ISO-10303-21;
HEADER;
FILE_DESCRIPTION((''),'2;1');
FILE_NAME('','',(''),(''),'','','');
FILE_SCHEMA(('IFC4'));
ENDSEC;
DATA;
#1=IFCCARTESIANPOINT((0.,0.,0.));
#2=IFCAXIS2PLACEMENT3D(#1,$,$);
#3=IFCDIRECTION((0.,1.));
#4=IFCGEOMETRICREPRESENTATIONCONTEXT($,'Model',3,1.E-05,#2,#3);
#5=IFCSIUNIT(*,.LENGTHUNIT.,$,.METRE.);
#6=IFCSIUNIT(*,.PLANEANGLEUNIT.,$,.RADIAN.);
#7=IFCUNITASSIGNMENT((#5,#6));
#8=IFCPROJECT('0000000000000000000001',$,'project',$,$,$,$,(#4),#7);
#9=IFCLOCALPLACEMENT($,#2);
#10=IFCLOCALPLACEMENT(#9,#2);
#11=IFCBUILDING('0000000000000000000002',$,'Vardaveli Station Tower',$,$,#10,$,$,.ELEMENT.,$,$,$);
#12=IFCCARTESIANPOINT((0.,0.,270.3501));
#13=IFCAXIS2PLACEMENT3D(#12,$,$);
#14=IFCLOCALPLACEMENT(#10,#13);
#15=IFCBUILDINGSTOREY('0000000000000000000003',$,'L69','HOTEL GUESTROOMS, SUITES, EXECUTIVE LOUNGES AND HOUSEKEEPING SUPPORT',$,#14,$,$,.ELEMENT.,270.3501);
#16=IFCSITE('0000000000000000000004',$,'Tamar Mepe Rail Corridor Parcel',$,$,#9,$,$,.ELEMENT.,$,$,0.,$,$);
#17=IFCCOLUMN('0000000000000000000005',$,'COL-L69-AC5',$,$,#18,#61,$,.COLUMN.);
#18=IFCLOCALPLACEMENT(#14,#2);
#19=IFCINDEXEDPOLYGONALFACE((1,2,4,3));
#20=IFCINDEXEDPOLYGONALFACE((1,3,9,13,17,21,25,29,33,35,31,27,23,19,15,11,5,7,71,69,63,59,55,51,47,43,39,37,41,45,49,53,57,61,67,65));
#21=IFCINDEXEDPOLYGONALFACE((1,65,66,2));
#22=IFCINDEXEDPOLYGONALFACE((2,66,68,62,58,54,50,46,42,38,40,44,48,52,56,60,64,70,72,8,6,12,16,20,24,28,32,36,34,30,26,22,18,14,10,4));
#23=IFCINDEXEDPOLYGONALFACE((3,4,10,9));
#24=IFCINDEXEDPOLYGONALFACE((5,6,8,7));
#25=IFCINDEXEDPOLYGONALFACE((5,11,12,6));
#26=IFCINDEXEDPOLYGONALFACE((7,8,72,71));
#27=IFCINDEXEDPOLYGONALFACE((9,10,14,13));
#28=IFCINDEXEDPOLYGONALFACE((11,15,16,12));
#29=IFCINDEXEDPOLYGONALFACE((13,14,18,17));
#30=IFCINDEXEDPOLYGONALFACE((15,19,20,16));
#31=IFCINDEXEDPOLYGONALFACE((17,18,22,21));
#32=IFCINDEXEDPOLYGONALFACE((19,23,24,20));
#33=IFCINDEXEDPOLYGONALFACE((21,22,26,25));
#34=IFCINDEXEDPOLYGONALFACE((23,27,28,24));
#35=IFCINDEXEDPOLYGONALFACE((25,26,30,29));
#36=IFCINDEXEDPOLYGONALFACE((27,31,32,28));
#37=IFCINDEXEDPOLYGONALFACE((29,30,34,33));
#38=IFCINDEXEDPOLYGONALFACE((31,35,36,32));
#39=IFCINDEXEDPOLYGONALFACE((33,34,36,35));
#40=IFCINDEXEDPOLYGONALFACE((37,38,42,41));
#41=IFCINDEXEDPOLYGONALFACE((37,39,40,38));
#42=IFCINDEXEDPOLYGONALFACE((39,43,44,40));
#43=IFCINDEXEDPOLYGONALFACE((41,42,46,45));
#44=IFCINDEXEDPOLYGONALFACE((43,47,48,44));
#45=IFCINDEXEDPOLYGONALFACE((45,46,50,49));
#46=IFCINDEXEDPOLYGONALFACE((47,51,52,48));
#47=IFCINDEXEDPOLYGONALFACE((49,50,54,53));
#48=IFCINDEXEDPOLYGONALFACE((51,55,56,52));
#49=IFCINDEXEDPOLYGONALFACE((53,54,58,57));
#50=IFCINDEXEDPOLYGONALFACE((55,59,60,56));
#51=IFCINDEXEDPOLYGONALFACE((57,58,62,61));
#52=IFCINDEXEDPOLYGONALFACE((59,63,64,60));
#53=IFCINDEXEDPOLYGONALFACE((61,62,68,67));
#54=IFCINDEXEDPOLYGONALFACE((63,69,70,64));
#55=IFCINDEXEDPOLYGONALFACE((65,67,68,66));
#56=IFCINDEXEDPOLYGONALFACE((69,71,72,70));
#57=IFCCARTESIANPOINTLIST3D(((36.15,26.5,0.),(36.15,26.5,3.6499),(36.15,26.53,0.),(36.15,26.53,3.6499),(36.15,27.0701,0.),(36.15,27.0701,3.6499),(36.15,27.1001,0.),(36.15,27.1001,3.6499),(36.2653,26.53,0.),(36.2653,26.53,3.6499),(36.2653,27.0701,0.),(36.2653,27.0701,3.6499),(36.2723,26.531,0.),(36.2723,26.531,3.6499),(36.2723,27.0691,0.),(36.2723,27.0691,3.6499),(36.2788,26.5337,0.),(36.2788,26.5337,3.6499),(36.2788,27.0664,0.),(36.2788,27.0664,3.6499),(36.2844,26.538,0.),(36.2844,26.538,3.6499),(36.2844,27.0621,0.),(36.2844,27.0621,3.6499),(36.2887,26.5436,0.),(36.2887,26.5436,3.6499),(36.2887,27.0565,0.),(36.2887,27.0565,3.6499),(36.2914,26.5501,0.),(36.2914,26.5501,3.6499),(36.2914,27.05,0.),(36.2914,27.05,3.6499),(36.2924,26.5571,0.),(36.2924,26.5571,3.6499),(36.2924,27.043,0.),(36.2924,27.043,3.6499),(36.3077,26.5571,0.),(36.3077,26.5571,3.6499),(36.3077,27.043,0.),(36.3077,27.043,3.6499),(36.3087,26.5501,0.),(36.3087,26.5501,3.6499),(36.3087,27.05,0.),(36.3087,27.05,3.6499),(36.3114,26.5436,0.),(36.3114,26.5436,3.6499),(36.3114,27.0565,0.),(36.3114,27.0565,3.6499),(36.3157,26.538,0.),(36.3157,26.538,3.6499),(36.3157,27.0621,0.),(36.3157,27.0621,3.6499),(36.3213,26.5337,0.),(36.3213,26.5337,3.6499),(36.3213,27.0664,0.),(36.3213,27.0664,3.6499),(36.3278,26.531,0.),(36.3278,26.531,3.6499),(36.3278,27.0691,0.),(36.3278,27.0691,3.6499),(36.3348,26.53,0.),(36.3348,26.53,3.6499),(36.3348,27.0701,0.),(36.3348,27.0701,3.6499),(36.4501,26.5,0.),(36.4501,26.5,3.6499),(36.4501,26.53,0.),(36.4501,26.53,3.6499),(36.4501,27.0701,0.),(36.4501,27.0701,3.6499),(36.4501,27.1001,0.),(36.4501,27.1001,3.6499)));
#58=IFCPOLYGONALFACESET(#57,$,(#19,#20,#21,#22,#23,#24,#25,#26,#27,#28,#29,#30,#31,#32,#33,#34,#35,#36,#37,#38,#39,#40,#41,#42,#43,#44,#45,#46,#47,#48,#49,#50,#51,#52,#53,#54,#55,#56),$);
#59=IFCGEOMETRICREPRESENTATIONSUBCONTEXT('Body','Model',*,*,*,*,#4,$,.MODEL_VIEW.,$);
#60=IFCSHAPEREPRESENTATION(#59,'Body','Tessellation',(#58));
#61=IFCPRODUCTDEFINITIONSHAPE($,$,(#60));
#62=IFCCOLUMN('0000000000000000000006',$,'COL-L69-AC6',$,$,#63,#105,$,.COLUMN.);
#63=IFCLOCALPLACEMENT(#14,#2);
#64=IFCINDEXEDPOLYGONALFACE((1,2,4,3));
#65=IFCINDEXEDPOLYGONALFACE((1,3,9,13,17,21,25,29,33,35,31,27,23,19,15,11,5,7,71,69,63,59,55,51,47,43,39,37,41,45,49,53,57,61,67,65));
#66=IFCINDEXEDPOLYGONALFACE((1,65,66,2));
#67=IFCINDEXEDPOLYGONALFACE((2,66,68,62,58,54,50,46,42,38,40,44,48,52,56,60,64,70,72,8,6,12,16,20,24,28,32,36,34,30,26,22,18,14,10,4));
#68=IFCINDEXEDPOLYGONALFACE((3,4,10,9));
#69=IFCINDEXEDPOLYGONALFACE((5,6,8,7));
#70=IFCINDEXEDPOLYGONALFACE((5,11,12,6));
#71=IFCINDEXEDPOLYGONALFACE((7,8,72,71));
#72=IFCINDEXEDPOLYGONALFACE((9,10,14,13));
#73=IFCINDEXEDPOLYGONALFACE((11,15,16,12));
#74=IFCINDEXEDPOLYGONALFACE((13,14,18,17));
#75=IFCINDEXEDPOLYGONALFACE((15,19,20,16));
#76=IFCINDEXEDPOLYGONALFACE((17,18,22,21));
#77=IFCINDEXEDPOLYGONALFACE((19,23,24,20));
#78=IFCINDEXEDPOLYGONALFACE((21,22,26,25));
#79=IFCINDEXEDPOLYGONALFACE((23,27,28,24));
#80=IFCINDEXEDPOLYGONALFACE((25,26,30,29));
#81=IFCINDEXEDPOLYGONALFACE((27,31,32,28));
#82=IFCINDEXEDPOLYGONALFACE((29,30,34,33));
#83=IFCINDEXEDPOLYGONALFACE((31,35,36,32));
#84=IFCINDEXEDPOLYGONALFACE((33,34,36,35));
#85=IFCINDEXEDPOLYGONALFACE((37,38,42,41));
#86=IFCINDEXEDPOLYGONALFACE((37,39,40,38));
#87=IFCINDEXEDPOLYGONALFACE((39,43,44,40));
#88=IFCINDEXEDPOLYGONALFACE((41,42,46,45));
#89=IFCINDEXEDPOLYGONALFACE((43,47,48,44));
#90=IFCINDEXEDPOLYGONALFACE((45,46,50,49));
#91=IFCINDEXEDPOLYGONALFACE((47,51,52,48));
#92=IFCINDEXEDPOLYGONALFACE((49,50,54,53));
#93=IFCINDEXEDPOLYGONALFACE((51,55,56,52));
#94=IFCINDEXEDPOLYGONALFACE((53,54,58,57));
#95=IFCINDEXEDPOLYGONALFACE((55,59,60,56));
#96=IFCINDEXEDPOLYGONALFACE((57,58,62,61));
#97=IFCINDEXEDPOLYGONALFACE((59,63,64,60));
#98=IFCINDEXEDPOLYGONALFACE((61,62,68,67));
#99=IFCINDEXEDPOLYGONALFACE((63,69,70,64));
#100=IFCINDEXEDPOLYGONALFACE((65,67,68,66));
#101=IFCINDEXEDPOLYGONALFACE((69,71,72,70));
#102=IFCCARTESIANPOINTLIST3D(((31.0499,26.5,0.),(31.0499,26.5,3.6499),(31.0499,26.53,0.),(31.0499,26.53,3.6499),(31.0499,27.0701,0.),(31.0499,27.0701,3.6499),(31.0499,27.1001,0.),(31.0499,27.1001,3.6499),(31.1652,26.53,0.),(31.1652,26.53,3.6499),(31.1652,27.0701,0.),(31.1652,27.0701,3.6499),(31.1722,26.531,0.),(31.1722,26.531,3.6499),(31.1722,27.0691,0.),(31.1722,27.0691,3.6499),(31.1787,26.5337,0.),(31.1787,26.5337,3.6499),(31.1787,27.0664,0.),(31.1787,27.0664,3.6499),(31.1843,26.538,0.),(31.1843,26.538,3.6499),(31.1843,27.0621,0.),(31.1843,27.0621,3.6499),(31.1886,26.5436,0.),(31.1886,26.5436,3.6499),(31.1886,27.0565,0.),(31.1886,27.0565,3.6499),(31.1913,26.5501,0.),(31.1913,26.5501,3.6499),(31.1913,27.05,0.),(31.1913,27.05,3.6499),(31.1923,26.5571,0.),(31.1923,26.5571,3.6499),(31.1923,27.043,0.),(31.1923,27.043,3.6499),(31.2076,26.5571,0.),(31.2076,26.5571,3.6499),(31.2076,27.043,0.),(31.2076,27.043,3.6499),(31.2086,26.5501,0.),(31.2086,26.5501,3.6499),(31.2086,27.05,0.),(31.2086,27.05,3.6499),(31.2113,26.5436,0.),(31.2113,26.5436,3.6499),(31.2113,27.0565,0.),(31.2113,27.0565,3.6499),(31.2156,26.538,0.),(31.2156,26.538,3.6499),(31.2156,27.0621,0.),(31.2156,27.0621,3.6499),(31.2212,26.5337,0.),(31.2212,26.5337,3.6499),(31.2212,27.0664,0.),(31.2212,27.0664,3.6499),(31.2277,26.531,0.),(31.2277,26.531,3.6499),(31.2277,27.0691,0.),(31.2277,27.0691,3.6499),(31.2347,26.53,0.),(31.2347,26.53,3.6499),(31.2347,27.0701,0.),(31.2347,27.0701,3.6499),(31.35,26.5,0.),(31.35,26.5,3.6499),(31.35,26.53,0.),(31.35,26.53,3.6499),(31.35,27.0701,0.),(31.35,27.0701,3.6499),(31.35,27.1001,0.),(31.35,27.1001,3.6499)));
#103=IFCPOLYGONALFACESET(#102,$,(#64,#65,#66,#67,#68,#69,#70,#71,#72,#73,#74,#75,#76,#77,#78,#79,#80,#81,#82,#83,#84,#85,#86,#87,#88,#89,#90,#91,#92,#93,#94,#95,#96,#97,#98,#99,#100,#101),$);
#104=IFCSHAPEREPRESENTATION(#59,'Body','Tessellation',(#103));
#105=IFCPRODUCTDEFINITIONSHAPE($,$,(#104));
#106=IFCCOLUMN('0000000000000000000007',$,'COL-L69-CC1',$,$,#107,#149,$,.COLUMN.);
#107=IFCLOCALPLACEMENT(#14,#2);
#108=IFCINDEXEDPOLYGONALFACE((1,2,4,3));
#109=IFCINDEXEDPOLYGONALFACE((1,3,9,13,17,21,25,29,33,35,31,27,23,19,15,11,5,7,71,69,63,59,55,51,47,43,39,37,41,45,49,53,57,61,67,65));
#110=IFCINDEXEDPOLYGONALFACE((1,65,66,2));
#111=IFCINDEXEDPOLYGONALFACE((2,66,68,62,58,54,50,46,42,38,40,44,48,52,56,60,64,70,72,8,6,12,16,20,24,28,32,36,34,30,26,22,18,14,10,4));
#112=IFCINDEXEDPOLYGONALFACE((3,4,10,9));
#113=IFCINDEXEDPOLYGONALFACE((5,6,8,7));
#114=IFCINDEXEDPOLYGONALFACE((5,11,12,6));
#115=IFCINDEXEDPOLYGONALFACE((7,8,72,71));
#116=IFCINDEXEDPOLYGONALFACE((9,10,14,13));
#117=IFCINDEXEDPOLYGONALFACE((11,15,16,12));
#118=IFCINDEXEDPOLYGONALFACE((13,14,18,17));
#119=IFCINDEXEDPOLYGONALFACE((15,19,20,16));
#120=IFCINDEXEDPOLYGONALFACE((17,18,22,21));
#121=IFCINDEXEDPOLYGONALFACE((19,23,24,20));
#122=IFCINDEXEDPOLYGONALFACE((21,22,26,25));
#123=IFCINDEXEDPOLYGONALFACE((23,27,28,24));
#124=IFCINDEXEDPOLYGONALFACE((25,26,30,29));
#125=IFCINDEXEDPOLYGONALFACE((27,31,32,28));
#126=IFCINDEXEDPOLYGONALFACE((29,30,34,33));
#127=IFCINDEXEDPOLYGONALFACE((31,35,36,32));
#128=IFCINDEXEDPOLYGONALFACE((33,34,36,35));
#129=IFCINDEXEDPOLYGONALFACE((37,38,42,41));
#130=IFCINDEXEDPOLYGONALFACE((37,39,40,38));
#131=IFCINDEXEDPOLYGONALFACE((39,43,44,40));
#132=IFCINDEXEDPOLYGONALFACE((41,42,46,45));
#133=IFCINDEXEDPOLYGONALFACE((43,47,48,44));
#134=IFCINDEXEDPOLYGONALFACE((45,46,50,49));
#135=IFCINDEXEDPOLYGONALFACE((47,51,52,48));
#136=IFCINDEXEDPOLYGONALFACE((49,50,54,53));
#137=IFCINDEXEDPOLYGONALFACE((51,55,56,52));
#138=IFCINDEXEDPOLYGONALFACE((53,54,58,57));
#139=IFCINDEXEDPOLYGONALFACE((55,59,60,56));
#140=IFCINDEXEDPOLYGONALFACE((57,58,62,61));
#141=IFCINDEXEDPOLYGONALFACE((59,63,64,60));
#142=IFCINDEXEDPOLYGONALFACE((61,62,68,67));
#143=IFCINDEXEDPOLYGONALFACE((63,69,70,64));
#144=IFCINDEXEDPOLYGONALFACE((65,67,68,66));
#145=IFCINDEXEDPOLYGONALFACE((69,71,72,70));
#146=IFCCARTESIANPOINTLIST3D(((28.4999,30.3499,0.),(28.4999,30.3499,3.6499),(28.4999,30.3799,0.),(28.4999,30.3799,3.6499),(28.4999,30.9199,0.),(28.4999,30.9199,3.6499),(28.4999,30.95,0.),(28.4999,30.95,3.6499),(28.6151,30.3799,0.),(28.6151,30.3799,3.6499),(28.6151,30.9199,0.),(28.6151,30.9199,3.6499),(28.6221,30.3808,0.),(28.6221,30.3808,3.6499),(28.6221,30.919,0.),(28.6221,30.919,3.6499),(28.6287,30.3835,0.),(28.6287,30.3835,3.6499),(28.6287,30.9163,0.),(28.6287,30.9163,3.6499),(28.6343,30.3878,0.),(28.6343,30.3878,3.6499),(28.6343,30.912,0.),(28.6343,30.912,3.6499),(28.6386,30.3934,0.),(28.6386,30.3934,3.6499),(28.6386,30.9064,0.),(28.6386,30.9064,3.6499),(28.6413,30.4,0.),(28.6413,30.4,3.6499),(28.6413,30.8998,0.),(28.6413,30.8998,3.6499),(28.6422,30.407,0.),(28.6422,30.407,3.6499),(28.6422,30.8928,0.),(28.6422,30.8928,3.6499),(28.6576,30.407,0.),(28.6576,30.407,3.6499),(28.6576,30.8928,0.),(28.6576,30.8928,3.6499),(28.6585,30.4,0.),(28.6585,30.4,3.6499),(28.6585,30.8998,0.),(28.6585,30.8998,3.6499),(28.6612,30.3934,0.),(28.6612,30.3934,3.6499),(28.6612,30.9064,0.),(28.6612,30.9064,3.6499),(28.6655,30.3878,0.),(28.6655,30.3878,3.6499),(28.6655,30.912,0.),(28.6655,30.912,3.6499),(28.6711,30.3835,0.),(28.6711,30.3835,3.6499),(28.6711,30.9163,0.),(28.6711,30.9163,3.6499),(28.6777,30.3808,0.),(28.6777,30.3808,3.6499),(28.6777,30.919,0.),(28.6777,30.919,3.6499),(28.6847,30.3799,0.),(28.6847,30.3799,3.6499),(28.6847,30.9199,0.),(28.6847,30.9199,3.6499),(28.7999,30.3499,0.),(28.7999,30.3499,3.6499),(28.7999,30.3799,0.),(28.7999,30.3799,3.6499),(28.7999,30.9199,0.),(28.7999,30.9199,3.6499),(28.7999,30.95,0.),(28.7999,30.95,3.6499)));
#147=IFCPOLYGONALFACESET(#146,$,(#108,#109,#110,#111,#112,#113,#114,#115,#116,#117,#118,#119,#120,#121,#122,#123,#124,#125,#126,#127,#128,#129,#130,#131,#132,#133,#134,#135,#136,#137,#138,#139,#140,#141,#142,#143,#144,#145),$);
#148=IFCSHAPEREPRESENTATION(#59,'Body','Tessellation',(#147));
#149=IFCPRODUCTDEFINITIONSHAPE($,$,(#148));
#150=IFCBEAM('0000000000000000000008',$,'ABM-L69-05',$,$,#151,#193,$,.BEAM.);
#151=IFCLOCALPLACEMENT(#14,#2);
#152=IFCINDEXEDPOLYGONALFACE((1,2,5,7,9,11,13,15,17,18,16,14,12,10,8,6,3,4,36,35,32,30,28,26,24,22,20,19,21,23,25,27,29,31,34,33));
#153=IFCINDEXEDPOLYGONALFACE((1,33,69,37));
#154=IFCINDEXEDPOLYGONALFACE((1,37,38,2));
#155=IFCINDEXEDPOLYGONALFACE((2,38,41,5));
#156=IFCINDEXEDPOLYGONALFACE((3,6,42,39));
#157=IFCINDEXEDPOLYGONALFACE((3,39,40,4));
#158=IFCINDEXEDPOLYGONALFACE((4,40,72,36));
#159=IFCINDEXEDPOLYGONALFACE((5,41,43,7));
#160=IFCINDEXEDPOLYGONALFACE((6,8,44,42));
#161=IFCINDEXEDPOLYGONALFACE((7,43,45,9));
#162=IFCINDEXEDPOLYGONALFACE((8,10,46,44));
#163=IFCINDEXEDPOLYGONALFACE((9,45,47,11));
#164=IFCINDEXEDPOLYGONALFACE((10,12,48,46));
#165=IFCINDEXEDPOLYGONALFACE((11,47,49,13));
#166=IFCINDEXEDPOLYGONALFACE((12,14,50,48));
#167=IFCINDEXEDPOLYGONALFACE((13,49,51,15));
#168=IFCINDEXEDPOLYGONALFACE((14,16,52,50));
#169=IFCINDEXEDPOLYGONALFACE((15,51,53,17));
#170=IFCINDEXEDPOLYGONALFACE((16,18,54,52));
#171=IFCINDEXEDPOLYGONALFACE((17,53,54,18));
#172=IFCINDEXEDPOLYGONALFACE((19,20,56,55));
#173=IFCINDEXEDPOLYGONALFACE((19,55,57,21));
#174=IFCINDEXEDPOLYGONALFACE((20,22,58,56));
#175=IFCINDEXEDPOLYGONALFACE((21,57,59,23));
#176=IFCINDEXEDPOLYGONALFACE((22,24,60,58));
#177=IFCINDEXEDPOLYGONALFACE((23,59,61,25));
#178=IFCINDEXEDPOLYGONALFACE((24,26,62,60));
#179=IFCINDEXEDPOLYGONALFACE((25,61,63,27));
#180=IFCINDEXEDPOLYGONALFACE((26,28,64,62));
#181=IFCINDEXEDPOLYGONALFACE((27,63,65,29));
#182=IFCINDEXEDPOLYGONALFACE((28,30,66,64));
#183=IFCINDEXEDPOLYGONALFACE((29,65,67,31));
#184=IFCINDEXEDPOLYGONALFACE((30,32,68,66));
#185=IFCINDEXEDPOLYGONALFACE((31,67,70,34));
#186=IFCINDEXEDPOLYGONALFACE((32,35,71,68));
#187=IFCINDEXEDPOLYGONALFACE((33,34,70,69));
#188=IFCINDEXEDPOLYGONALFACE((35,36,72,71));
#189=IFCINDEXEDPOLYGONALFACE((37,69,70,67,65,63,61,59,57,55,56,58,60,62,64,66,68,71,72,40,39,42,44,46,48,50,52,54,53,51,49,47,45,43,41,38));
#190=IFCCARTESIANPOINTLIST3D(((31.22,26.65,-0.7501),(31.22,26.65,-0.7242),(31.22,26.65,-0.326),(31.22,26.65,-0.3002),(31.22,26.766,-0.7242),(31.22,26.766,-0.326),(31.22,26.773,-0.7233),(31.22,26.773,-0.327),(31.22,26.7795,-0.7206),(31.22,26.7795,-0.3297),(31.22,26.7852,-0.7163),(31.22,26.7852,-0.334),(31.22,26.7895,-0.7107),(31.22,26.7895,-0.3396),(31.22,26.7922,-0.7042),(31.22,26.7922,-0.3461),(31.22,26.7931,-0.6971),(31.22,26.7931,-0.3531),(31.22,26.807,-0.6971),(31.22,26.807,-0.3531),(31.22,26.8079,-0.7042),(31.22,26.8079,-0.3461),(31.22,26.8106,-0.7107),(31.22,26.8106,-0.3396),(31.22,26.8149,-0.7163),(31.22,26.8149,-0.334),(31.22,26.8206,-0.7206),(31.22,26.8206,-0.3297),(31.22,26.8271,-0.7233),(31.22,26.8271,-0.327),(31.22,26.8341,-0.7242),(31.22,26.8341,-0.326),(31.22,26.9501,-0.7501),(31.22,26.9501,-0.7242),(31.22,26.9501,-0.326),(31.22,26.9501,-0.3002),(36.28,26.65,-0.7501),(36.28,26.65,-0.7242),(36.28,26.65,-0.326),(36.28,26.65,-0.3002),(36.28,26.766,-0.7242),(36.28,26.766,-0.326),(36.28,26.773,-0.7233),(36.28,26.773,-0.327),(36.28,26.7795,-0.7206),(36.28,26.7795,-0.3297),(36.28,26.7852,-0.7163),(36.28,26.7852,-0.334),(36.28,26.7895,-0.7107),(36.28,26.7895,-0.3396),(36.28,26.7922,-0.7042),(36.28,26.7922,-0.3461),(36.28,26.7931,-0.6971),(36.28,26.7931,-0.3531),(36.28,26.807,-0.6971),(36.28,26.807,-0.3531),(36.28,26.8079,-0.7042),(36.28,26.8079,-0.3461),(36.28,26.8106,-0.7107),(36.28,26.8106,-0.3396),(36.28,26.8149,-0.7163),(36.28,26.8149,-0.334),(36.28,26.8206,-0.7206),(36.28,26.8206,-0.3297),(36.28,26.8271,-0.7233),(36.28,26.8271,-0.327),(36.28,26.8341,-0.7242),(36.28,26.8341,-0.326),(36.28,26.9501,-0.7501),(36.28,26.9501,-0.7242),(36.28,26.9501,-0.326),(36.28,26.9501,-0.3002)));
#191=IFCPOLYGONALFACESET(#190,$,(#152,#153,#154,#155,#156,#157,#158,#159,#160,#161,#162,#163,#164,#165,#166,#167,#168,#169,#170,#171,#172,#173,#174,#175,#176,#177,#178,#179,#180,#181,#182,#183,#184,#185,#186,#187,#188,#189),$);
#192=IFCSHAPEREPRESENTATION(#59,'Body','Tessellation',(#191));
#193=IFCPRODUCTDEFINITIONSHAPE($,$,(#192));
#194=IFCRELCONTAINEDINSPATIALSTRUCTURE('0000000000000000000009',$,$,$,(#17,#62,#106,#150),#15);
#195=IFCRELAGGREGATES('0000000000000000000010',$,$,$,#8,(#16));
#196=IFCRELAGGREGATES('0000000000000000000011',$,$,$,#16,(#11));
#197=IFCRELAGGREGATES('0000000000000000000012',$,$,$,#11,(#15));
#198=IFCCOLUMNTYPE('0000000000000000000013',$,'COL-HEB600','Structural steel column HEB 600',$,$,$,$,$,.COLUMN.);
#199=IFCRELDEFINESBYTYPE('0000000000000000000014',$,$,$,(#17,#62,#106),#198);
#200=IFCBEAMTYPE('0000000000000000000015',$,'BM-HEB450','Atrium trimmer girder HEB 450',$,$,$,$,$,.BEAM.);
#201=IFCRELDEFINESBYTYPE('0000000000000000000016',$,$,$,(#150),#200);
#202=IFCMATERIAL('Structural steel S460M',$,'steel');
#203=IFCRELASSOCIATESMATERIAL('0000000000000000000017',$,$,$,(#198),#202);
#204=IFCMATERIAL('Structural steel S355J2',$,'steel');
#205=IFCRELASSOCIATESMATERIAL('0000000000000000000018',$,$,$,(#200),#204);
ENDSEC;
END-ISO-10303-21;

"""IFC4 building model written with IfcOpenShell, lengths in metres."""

from ifc_helpers import new_model, si_unit, direction, frame, origin, origin_2d, place, context, subcontext, project, spatial, i_section, extrude, source, transform, mapped, material, material_profile, profile_set, type_object, element, save


model = new_model("IFC4")

# Units and contexts
model_context = context("Model", 3, precision=1e-05, world=origin(), true_north=direction((0.0, 1.0)))
body_context = subcontext(model_context, "Body", "Model", "MODEL_VIEW")
ifc_project = project(units=[si_unit("LENGTHUNIT", "METRE"), si_unit("PLANEANGLEUNIT", "RADIAN")], contexts=[model_context])

# Site, building, storey
site_placement = place(None, origin())
site = spatial("IfcSite", under=ifc_project, at=site_placement, Name="Tamar Mepe Rail Corridor Parcel", CompositionType="ELEMENT", RefElevation=0.0)
building_placement = place(site_placement, origin())
building = spatial("IfcBuilding", under=site, at=building_placement, Name="Vardaveli Station Tower", CompositionType="ELEMENT")
storey_placement = place(building_placement, frame((0.0, 0.0, 270.3501)))
storey = spatial("IfcBuildingStorey", under=building, at=storey_placement, Name="L69", Description="HOTEL GUESTROOMS, SUITES, EXECUTIVE LOUNGES AND HOUSEKEEPING SUPPORT", CompositionType="ELEMENT", Elevation=270.3501)

# Columns
ifc_material_1 = material(Name="Structural steel S460M", Category="steel")
ifc_material_profile_1 = material_profile(ifc_material_1, i_section(OverallWidth=0.3, OverallDepth=0.6001, WebThickness=0.0154, FlangeThickness=0.03, FilletRadius=0.0271, at=origin_2d()), Name="HEB 600")
ifc_profile_set_1 = profile_set([ifc_material_profile_1], Name="Structural steel S460M")
column_type = type_object("IfcColumnType", Name="COL-HEB600", Description="Structural steel column HEB 600", PredefinedType="COLUMN", material=ifc_profile_set_1)
shared_shape_1 = source(origin(), body_context, "Body", "SweptSolid", [
    extrude(i_section(OverallWidth=0.3, OverallDepth=0.6001, WebThickness=0.0154, FlangeThickness=0.03, FilletRadius=0.0271, at=origin_2d()), origin(), (0.0, 0.0, 1.0), 3.6499),
])
for number, where, z_axis, x_axis, name in (
    (1, (36.3, 26.8, 0.0), (0.0, 0.0, 1.0), (1.0, 0.0, 0.0), "COL-L69-AC5"),
    (2, (31.2, 26.8, 0.0), (0.0, 0.0, 1.0), (1.0, 0.0, 0.0), "COL-L69-AC6"),
    (3, (28.6499, 30.6499, 0.0), (0.0, 0.0, 1.0), (1.0, 0.0, 0.0), "COL-L69-CC1"),
):
    element("IfcColumn", number, at=place(storey_placement, frame(where, z_axis=z_axis, x_axis=x_axis)), inside=storey, type_object=column_type, Name=name, PredefinedType="COLUMN", context=body_context, shape_type="MappedRepresentation", body=[
        mapped(shared_shape_1, transform((0.0, 0.0, 0.0), scale=1.0)),
    ])

# Beam
ifc_material_2 = material(Name="Structural steel S355J2", Category="steel")
ifc_material_profile_2 = material_profile(ifc_material_2, i_section(OverallWidth=0.3, OverallDepth=0.45, WebThickness=0.0139, FlangeThickness=0.0259, FilletRadius=0.0271, at=origin_2d()), Name="HEB 450")
ifc_profile_set_2 = profile_set([ifc_material_profile_2], Name="Structural steel S355J2")
beam_type_1 = type_object("IfcBeamType", Name="BM-HEB450", Description="Atrium trimmer girder HEB 450", PredefinedType="BEAM", material=ifc_profile_set_2)
shared_shape_2 = source(origin(), body_context, "Body", "SweptSolid", [
    extrude(i_section(OverallWidth=0.3, OverallDepth=0.45, WebThickness=0.0139, FlangeThickness=0.0259, FilletRadius=0.0271, at=origin_2d()), origin(), (0.0, 0.0, 1.0), 5.0601),
])
beam_1_placement = place(storey_placement, frame((36.28, 26.8, -0.5251), z_axis=(-1.0, 0.0, 0.0), x_axis=(0.0, -1.0, 0.0)))
element("IfcBeam", 4, at=beam_1_placement, inside=storey, type_object=beam_type_1, Name="ABM-L69-05", PredefinedType="BEAM", context=body_context, shape_type="MappedRepresentation", body=[
    mapped(shared_shape_2, transform((0.0, 0.0, 0.0), scale=1.0)),
])

save(model, "model.ifc")
